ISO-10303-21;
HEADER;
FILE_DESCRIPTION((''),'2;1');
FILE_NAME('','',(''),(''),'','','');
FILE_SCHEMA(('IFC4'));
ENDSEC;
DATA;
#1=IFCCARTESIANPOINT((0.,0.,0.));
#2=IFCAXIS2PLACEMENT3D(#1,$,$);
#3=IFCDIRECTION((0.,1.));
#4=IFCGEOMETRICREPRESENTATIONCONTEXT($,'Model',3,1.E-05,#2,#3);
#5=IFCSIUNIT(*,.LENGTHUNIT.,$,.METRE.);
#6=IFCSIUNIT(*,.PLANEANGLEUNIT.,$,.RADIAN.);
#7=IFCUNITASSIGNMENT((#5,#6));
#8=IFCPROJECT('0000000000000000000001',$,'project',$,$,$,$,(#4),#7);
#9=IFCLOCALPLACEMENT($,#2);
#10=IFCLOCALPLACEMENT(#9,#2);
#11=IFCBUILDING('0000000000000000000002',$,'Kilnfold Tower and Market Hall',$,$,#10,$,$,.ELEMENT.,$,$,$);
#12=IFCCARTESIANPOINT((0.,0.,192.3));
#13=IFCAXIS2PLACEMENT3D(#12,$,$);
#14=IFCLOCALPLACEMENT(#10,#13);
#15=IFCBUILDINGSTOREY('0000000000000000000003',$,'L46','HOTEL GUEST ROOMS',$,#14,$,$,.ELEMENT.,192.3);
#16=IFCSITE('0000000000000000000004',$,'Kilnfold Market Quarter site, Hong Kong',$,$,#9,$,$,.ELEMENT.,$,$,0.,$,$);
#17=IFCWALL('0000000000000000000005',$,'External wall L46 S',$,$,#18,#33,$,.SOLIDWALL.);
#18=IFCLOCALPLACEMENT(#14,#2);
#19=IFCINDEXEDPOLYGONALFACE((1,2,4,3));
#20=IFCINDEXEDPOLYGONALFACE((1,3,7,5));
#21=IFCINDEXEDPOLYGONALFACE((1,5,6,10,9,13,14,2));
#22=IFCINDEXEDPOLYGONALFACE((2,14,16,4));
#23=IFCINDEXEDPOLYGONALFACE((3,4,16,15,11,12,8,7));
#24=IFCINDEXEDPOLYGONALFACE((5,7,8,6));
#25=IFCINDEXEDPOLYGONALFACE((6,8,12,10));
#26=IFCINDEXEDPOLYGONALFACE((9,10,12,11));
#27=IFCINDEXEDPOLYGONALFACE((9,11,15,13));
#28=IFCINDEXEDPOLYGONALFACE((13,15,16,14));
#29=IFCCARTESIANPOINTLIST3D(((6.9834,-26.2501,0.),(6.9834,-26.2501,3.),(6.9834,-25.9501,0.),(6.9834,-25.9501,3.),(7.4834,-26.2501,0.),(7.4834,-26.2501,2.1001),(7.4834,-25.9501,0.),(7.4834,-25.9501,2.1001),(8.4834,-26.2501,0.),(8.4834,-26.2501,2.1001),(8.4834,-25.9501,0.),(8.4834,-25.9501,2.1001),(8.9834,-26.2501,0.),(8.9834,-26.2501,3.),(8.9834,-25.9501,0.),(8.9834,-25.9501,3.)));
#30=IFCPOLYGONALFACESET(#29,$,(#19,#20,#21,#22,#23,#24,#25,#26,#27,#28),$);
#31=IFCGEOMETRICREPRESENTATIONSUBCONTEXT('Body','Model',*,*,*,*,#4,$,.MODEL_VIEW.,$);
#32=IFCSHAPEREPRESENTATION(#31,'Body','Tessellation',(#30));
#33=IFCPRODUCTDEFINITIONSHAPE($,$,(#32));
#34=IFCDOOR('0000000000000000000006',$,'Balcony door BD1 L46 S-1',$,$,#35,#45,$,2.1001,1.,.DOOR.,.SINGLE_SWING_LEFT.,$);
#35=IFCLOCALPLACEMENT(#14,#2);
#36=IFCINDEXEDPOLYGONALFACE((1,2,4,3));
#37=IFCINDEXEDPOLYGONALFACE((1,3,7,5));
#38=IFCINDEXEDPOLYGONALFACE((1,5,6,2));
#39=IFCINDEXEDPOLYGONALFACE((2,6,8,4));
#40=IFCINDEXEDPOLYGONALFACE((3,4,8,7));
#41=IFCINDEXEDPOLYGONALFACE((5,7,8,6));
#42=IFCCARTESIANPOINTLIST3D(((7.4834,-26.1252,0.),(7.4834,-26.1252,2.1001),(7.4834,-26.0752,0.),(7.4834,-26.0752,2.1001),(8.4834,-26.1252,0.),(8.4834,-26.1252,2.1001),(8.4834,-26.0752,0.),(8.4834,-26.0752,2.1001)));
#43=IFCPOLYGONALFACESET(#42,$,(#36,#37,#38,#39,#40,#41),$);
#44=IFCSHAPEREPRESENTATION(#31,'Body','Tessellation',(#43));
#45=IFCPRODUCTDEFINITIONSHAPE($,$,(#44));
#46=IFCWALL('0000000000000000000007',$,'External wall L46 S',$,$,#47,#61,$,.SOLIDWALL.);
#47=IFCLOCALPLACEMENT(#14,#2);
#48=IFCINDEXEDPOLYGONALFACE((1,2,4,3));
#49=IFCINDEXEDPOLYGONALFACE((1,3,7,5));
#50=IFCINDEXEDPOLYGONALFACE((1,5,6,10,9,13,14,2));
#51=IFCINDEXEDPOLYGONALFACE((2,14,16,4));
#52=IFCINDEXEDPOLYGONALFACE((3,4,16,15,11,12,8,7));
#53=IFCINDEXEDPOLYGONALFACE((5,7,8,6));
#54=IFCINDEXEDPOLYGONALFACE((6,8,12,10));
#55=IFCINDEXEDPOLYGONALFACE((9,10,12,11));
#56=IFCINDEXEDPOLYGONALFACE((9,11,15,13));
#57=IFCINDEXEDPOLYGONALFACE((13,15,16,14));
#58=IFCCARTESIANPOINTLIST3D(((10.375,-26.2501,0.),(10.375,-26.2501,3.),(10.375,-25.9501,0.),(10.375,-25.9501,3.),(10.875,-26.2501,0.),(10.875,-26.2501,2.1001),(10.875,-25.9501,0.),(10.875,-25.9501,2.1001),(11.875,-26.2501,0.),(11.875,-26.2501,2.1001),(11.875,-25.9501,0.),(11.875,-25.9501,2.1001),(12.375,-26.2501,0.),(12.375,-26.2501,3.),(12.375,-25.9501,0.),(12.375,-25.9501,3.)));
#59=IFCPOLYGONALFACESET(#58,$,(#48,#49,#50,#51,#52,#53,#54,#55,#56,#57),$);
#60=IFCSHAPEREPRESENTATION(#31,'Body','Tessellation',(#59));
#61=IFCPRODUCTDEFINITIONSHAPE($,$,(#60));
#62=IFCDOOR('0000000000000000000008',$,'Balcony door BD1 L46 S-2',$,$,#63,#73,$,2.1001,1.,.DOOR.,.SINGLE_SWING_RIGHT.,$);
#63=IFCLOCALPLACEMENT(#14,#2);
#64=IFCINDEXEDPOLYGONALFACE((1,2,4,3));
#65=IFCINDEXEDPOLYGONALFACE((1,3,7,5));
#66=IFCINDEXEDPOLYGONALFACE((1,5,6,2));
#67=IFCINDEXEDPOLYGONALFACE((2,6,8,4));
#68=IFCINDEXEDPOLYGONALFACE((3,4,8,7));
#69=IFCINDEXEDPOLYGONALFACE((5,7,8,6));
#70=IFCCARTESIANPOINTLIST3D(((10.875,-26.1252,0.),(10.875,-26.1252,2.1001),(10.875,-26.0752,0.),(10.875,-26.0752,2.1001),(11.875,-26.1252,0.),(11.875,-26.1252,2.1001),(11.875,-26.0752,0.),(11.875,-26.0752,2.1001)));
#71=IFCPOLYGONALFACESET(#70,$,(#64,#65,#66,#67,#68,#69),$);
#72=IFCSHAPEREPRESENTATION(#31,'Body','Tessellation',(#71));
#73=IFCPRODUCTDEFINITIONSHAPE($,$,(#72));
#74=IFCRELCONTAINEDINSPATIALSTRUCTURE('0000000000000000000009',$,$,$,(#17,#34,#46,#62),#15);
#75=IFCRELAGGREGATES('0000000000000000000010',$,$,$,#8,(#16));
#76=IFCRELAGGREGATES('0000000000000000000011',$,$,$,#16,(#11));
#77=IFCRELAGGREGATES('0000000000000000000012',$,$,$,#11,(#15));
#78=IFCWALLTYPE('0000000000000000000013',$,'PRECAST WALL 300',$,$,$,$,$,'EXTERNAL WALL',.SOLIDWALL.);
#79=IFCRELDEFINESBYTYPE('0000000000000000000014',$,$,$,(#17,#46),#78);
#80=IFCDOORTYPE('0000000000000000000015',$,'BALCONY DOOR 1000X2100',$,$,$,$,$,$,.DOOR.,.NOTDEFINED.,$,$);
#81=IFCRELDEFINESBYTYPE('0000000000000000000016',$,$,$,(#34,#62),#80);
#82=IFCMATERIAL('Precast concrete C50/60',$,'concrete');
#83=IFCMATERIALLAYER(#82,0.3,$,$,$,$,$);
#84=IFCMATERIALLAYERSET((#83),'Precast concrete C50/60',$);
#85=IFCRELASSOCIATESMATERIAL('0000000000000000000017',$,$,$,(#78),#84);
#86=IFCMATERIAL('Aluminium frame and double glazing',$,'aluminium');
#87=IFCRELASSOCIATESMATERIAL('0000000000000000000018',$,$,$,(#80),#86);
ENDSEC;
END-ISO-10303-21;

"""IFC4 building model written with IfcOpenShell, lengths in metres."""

from ifc_helpers import new_model, si_unit, direction, frame, frame_2d, origin, place, context, subcontext, project, spatial, rectangle, extrude, source, transform, mapped, material, layer, layer_set, type_object, element, fill, save


model = new_model("IFC4")

# Units and contexts
model_context = context("Model", 3, precision=1e-05, world=origin(), true_north=direction((0.0, 1.0)))
body_context = subcontext(model_context, "Body", "Model", "MODEL_VIEW")
ifc_project = project(units=[si_unit("LENGTHUNIT", "METRE"), si_unit("PLANEANGLEUNIT", "RADIAN")], contexts=[model_context])

# Site, building, storey
site_placement = place(None, origin())
site = spatial("IfcSite", under=ifc_project, at=site_placement, Name="Kilnfold Market Quarter site, Hong Kong", CompositionType="ELEMENT", RefElevation=0.0)
building_placement = place(site_placement, origin())
building = spatial("IfcBuilding", under=site, at=building_placement, Name="Kilnfold Tower and Market Hall", CompositionType="ELEMENT")
storey_placement = place(building_placement, frame((0.0, 0.0, 192.3)))
storey = spatial("IfcBuildingStorey", under=building, at=storey_placement, Name="L46", Description="HOTEL GUEST ROOMS", CompositionType="ELEMENT", Elevation=192.3)

# Walls, openings, doors
ifc_material_1 = material(Name="Precast concrete C50/60", Category="concrete")
ifc_layer_1 = layer(ifc_material_1, 0.3)
ifc_layer_set_1 = layer_set([ifc_layer_1], Name="Precast concrete C50/60")
wall_type_1 = type_object("IfcWallType", Name="PRECAST WALL 300", ElementType="EXTERNAL WALL", PredefinedType="SOLIDWALL", material=ifc_layer_set_1)
shared_shape_1 = source(origin(), body_context, "Body", "SweptSolid", [
    extrude(rectangle(XDim=2.0, YDim=0.3, at=frame_2d((1.0, 0.0))), origin(), (0.0, 0.0, 1.0), 3.0),
])
ifc_material_2 = material(Name="Aluminium frame and double glazing", Category="aluminium")
door_type = type_object("IfcDoorType", Name="BALCONY DOOR 1000X2100", OperationType="NOTDEFINED", PredefinedType="DOOR", material=ifc_material_2)
wall_1_placement = place(storey_placement, frame((6.9834, -26.1001, 0.0), z_axis=(0.0, 0.0, 1.0), x_axis=(1.0, 0.0, 0.0)))
wall_1 = element("IfcWall", 1, at=wall_1_placement, inside=storey, type_object=wall_type_1, Name="External wall L46 S", PredefinedType="SOLIDWALL", context=body_context, shape_type="MappedRepresentation", body=[
    mapped(shared_shape_1, transform((0.0, 0.0, 0.0))),
])
opening_1_placement = place(wall_1_placement, frame((0.5, 0.0, 0.0)))
opening_1 = element("IfcOpeningElement", 2, at=opening_1_placement, cuts=wall_1, PredefinedType="OPENING", context=body_context, shape_type="SweptSolid", body=[
    extrude(rectangle(XDim=1.0, YDim=2.1001, at=frame_2d((0.5, 1.05))), frame((0.0, 0.1602, 0.0), z_axis=(0.0, -1.0, 0.0), x_axis=(1.0, 0.0, 0.0)), (0.0, 0.0, 1.0), 0.3201),
])
door_1_placement = place(opening_1_placement, origin())
door_1 = element("IfcDoor", 3, at=door_1_placement, inside=storey, type_object=door_type, Name="Balcony door BD1 L46 S-1", OperationType="SINGLE_SWING_LEFT", OverallHeight=2.1001, OverallWidth=1.0, PredefinedType="DOOR", context=body_context, shape_type="SweptSolid", body=[
    extrude(rectangle(XDim=1.0, YDim=2.1001, at=frame_2d((0.5, 1.05))), frame((0.0, 0.0249, 0.0), z_axis=(0.0, -1.0, 0.0), x_axis=(1.0, 0.0, 0.0)), (0.0, 0.0, 1.0), 0.05),
])
fill(opening_1, door_1)
wall_2_placement = place(storey_placement, frame((10.375, -26.1001, 0.0), z_axis=(0.0, 0.0, 1.0), x_axis=(1.0, 0.0, 0.0)))
wall_2 = element("IfcWall", 4, at=wall_2_placement, inside=storey, type_object=wall_type_1, Name="External wall L46 S", PredefinedType="SOLIDWALL", context=body_context, shape_type="MappedRepresentation", body=[
    mapped(shared_shape_1, transform((0.0, 0.0, 0.0))),
])
opening_2_placement = place(wall_2_placement, frame((0.5, 0.0, 0.0)))
opening_2 = element("IfcOpeningElement", 5, at=opening_2_placement, cuts=wall_2, PredefinedType="OPENING", context=body_context, shape_type="SweptSolid", body=[
    extrude(rectangle(XDim=1.0, YDim=2.1001, at=frame_2d((0.5, 1.05))), frame((0.0, 0.1602, 0.0), z_axis=(0.0, -1.0, 0.0), x_axis=(1.0, 0.0, 0.0)), (0.0, 0.0, 1.0), 0.3201),
])
door_2_placement = place(opening_2_placement, origin())
door_2 = element("IfcDoor", 6, at=door_2_placement, inside=storey, type_object=door_type, Name="Balcony door BD1 L46 S-2", OperationType="SINGLE_SWING_RIGHT", OverallHeight=2.1001, OverallWidth=1.0, PredefinedType="DOOR", context=body_context, shape_type="SweptSolid", body=[
    extrude(rectangle(XDim=1.0, YDim=2.1001, at=frame_2d((0.5, 1.05))), frame((0.0, 0.0249, 0.0), z_axis=(0.0, -1.0, 0.0), x_axis=(1.0, 0.0, 0.0)), (0.0, 0.0, 1.0), 0.05),
])
fill(opening_2, door_2)

save(model, "model.ifc")
